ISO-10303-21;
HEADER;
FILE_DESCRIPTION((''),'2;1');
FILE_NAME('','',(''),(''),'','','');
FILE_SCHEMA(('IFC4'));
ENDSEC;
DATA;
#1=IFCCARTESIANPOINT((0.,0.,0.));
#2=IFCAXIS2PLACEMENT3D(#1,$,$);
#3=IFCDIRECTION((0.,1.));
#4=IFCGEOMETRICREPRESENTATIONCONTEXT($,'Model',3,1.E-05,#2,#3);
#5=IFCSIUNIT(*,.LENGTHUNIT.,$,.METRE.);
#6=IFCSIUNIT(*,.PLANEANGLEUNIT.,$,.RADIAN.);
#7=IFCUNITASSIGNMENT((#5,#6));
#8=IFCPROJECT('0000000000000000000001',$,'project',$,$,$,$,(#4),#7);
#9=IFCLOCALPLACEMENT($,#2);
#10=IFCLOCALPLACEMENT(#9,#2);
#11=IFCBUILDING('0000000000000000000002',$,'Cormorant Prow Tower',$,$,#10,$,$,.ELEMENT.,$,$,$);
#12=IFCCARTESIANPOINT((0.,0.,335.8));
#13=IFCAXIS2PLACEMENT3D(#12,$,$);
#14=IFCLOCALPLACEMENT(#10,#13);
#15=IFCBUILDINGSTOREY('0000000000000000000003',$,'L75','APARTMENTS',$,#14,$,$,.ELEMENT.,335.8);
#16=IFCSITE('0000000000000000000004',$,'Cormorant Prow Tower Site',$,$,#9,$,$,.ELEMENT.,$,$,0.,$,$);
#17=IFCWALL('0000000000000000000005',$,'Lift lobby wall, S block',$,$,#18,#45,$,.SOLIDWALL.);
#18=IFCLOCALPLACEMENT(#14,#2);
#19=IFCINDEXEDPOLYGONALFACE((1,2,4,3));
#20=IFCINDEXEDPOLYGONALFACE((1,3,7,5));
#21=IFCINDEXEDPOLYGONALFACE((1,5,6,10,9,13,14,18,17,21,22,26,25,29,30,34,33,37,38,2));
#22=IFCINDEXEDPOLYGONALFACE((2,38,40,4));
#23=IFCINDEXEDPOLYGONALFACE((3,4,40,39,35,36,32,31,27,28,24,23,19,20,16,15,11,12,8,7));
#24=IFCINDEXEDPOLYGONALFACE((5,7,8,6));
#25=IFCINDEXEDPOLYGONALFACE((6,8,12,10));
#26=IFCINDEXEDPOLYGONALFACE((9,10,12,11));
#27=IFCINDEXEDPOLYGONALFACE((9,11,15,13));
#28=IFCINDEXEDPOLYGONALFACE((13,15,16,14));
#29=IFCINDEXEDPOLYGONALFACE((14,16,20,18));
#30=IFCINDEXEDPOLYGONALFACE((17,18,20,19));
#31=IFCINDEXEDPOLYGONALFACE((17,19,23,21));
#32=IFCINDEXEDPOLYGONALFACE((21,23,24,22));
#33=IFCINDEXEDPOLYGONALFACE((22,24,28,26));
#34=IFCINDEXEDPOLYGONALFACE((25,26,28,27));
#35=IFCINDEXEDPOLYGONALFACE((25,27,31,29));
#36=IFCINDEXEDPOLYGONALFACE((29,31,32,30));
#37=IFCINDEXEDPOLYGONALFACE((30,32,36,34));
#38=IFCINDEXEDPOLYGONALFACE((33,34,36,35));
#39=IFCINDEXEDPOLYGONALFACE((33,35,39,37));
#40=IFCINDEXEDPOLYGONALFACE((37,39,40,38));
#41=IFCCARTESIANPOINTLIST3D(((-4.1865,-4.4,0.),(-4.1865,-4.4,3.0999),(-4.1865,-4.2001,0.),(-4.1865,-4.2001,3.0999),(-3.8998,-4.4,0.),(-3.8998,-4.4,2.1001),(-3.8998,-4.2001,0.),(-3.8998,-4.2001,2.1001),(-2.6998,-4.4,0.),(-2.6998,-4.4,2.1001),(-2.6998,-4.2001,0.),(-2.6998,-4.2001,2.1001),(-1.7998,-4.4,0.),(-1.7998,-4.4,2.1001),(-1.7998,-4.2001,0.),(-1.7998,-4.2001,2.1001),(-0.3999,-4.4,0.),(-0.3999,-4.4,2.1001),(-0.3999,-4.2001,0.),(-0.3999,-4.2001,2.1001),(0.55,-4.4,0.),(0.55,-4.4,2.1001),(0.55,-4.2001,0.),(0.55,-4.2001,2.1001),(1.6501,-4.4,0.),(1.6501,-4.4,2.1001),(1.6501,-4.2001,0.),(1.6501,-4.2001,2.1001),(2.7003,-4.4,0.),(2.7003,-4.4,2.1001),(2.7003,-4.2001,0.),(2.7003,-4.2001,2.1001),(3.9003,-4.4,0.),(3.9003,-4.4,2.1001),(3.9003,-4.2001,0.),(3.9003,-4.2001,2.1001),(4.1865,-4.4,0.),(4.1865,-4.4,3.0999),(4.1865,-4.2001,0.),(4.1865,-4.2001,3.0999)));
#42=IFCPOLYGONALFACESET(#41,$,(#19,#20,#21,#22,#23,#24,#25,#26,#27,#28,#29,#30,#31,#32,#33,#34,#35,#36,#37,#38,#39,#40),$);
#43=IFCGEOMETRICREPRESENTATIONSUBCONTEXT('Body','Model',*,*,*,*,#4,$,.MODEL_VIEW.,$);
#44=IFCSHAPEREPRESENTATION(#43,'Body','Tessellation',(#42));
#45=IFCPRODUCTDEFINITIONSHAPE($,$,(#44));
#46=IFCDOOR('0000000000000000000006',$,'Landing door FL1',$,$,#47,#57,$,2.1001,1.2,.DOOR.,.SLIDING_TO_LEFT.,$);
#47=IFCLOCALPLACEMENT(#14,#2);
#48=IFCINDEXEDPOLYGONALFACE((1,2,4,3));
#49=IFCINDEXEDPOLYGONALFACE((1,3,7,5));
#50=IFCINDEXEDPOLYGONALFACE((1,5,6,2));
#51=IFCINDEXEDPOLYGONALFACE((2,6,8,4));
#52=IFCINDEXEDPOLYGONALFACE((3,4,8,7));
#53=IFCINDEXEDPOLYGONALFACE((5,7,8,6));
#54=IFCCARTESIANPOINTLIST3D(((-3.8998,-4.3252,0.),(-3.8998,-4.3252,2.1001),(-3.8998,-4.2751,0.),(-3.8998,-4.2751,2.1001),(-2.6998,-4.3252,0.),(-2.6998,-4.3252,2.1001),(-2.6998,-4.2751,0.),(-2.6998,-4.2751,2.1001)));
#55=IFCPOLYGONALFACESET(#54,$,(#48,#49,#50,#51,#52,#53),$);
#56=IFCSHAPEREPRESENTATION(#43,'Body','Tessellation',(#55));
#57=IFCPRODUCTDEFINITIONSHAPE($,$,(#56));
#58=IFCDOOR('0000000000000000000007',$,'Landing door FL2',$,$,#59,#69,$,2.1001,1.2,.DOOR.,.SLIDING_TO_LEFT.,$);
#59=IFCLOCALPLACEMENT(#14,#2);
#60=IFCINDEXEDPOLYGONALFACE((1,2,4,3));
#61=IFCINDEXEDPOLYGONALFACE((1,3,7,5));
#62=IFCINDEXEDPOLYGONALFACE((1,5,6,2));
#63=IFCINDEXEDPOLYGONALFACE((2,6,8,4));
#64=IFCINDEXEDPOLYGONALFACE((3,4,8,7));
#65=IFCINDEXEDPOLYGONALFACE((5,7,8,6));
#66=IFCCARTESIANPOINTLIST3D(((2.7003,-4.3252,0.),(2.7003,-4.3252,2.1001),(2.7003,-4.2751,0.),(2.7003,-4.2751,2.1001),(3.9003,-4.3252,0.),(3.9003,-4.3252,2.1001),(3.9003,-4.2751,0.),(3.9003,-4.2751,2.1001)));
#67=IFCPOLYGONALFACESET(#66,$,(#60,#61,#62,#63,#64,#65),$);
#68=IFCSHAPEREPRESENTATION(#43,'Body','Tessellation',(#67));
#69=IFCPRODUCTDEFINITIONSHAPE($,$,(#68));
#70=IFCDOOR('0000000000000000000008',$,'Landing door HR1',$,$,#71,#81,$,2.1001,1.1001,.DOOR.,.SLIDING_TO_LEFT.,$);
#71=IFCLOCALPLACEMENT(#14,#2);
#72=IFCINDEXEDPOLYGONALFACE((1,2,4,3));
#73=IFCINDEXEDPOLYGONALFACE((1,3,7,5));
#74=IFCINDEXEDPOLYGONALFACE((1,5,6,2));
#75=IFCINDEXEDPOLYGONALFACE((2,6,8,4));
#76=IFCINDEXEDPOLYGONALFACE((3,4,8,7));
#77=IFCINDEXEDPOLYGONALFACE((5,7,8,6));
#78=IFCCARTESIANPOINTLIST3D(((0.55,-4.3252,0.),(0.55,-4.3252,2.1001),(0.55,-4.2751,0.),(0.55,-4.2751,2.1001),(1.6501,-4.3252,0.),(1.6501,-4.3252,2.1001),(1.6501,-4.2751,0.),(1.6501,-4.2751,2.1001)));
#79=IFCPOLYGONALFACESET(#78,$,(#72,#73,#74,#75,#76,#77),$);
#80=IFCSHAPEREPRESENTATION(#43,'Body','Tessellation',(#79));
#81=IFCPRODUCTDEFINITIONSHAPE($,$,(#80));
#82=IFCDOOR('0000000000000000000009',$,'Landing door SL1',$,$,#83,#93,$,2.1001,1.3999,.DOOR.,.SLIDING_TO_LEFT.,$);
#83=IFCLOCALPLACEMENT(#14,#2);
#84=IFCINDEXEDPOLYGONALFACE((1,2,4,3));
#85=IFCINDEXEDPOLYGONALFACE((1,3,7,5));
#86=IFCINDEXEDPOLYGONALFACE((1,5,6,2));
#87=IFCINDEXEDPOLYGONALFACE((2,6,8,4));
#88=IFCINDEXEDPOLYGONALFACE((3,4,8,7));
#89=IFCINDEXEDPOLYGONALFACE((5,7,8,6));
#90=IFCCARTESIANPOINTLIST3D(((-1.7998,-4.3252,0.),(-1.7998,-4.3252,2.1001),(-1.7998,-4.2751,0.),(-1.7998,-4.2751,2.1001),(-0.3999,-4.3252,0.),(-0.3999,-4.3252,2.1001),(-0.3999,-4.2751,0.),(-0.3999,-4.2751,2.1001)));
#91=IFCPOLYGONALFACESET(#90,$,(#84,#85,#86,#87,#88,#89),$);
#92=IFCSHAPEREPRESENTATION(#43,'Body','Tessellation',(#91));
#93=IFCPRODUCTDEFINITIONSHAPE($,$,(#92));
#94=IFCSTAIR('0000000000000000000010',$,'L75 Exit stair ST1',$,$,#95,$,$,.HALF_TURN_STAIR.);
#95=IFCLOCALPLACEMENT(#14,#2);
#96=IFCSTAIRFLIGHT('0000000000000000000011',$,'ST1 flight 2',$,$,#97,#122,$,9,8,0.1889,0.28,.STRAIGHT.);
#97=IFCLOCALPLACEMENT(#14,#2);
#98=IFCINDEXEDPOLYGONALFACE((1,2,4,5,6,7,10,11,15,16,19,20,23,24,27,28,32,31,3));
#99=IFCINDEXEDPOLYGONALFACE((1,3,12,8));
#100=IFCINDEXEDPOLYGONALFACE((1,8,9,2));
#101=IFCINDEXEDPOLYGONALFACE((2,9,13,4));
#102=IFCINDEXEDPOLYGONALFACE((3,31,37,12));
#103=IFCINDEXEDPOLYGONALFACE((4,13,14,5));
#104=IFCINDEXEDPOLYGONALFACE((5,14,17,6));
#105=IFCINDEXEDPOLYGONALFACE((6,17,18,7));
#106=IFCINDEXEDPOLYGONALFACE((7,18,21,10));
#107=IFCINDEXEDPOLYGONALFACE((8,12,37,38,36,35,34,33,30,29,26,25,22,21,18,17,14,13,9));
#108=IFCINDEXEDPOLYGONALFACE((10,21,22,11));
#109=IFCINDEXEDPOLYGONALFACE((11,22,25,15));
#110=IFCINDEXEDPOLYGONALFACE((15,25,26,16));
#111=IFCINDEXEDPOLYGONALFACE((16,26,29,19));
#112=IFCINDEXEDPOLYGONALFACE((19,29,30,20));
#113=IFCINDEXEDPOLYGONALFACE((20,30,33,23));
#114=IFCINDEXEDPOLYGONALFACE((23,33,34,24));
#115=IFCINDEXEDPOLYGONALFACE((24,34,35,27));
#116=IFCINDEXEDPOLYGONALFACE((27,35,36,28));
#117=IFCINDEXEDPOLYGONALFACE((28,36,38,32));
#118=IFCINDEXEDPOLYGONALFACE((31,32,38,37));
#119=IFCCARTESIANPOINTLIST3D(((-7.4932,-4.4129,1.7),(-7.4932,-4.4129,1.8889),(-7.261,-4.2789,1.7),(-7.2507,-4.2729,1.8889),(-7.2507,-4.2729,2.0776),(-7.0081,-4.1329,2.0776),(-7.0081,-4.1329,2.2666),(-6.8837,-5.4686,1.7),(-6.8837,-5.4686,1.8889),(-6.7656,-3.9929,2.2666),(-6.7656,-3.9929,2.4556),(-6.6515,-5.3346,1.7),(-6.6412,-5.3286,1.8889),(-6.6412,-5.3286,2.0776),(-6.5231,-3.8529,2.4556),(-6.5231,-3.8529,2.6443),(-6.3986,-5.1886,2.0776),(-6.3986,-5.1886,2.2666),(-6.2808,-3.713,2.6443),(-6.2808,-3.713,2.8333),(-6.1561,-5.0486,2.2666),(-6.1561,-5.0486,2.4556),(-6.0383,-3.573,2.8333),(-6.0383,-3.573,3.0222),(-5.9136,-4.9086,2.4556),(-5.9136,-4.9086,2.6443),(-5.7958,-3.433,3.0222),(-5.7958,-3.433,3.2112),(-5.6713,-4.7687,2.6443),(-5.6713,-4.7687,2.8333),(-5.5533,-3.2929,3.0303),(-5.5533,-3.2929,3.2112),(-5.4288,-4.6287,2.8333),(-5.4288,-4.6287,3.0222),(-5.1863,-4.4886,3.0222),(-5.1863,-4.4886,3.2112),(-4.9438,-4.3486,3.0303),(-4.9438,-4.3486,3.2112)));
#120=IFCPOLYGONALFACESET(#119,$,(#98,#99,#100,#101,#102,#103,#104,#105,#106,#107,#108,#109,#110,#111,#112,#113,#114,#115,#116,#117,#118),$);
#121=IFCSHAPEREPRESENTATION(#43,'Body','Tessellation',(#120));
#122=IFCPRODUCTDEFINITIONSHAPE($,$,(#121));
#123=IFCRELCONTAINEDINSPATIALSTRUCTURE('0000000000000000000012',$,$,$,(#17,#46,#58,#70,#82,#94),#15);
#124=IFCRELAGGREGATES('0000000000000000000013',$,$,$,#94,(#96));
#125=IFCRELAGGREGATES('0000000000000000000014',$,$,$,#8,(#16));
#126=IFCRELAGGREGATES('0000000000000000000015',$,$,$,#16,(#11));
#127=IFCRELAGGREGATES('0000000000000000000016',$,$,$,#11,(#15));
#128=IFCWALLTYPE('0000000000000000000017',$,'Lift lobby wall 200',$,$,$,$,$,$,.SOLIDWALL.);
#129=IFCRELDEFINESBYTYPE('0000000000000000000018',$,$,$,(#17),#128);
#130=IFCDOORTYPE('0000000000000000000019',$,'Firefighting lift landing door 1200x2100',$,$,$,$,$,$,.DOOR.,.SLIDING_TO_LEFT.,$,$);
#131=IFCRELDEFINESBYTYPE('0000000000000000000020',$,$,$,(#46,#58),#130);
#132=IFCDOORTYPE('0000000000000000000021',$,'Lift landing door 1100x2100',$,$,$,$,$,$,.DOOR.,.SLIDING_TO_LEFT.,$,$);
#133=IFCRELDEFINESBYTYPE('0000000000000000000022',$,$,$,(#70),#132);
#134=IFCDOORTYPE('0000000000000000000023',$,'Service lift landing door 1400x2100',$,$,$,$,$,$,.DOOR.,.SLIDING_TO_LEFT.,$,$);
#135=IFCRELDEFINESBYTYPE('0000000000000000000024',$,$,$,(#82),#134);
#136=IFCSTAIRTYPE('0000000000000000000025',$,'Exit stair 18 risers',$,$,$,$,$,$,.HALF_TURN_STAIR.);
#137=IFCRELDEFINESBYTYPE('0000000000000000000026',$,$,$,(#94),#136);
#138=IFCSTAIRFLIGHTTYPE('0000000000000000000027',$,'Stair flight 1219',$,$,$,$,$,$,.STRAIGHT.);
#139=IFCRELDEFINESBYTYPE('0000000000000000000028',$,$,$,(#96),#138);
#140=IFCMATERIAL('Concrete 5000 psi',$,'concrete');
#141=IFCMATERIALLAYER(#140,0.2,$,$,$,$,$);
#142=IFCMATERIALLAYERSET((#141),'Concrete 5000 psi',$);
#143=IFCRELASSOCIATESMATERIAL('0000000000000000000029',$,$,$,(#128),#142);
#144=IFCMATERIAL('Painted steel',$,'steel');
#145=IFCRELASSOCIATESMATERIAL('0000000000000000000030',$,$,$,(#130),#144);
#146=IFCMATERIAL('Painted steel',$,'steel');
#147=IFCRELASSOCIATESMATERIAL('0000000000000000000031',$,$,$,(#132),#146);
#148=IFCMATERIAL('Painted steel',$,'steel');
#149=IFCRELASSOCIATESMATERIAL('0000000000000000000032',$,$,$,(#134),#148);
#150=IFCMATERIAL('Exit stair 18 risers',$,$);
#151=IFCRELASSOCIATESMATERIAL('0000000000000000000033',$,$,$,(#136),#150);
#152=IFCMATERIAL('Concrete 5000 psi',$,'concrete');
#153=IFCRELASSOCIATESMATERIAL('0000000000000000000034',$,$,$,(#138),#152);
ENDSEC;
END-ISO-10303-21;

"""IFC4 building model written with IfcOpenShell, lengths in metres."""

from ifc_helpers import new_model, si_unit, direction, frame, frame_2d, origin, place, context, subcontext, project, spatial, polyline, rectangle, outline, extrude, material, layer, layer_set, type_object, element, fill, aggregate, save


model = new_model("IFC4")

# Units and contexts
model_context = context("Model", 3, precision=1e-05, world=origin(), true_north=direction((0.0, 1.0)))
body_context = subcontext(model_context, "Body", "Model", "MODEL_VIEW")
ifc_project = project(units=[si_unit("LENGTHUNIT", "METRE"), si_unit("PLANEANGLEUNIT", "RADIAN")], contexts=[model_context])

# Site, building, storey
site_placement = place(None, origin())
site = spatial("IfcSite", under=ifc_project, at=site_placement, Name="Cormorant Prow Tower Site", CompositionType="ELEMENT", RefElevation=0.0)
building_placement = place(site_placement, origin())
building = spatial("IfcBuilding", under=site, at=building_placement, Name="Cormorant Prow Tower", CompositionType="ELEMENT")
storey_placement = place(building_placement, frame((0.0, 0.0, 335.8)))
storey = spatial("IfcBuildingStorey", under=building, at=storey_placement, Name="L75", Description="APARTMENTS", CompositionType="ELEMENT", Elevation=335.8)

# Wall, openings, doors
ifc_material_1 = material(Name="Concrete 5000 psi", Category="concrete")
ifc_layer_1 = layer(ifc_material_1, 0.2)
ifc_layer_set_1 = layer_set([ifc_layer_1], Name="Concrete 5000 psi")
wall_type_1 = type_object("IfcWallType", Name="Lift lobby wall 200", PredefinedType="SOLIDWALL", material=ifc_layer_set_1)
wall_1_placement = place(storey_placement, frame((-4.1865, -4.3, 0.0), z_axis=(0.0, 0.0, 1.0), x_axis=(1.0, 0.0, 0.0)))
wall_1 = element("IfcWall", 1, at=wall_1_placement, inside=storey, type_object=wall_type_1, Name="Lift lobby wall, S block", PredefinedType="SOLIDWALL", context=body_context, shape_type="SweptSolid", body=[
    extrude(rectangle(XDim=8.373, YDim=0.2, at=frame_2d((4.1865, 0.0))), origin(), (0.0, 0.0, 1.0), 3.0999),
])
opening_1_placement = place(wall_1_placement, frame((0.2866, 0.0, 0.0)))
opening_1 = element("IfcOpeningElement", 2, at=opening_1_placement, cuts=wall_1, PredefinedType="OPENING", context=body_context, shape_type="SweptSolid", body=[
    extrude(rectangle(XDim=1.2, YDim=2.1001, at=frame_2d((0.6001, 1.05))), frame((0.0, 0.1099, 0.0), z_axis=(0.0, -1.0, 0.0), x_axis=(1.0, 0.0, 0.0)), (0.0, 0.0, 1.0), 0.22),
])
opening_2_placement = place(wall_1_placement, frame((2.3867, 0.0, 0.0)))
opening_2 = element("IfcOpeningElement", 3, at=opening_2_placement, cuts=wall_1, PredefinedType="OPENING", context=body_context, shape_type="SweptSolid", body=[
    extrude(rectangle(XDim=1.3999, YDim=2.1001, at=frame_2d((0.7, 1.05))), frame((0.0, 0.1099, 0.0), z_axis=(0.0, -1.0, 0.0), x_axis=(1.0, 0.0, 0.0)), (0.0, 0.0, 1.0), 0.22),
])
opening_3_placement = place(wall_1_placement, frame((4.7366, 0.0, 0.0)))
opening_3 = element("IfcOpeningElement", 4, at=opening_3_placement, cuts=wall_1, PredefinedType="OPENING", context=body_context, shape_type="SweptSolid", body=[
    extrude(rectangle(XDim=1.1001, YDim=2.1001, at=frame_2d((0.55, 1.05))), frame((0.0, 0.1099, 0.0), z_axis=(0.0, -1.0, 0.0), x_axis=(1.0, 0.0, 0.0)), (0.0, 0.0, 1.0), 0.22),
])
opening_4_placement = place(wall_1_placement, frame((6.8867, 0.0, 0.0)))
opening_4 = element("IfcOpeningElement", 5, at=opening_4_placement, cuts=wall_1, PredefinedType="OPENING", context=body_context, shape_type="SweptSolid", body=[
    extrude(rectangle(XDim=1.2, YDim=2.1001, at=frame_2d((0.6001, 1.05))), frame((0.0, 0.1099, 0.0), z_axis=(0.0, -1.0, 0.0), x_axis=(1.0, 0.0, 0.0)), (0.0, 0.0, 1.0), 0.22),
])
ifc_material_2 = material(Name="Painted steel", Category="steel")
door_type_1 = type_object("IfcDoorType", Name="Firefighting lift landing door 1200x2100", OperationType="SLIDING_TO_LEFT", PredefinedType="DOOR", material=ifc_material_2)
door_1_placement = place(opening_1_placement, origin())
door_1 = element("IfcDoor", 6, at=door_1_placement, inside=storey, type_object=door_type_1, Name="Landing door FL1", OperationType="SLIDING_TO_LEFT", OverallHeight=2.1001, OverallWidth=1.2, PredefinedType="DOOR", context=body_context, shape_type="SweptSolid", body=[
    extrude(rectangle(XDim=1.2, YDim=2.1001, at=frame_2d((0.6001, 1.05))), frame((0.0, 0.0249, 0.0), z_axis=(0.0, -1.0, 0.0), x_axis=(1.0, 0.0, 0.0)), (0.0, 0.0, 1.0), 0.05),
])
fill(opening_1, door_1)
door_2_placement = place(opening_4_placement, origin())
door_2 = element("IfcDoor", 7, at=door_2_placement, inside=storey, type_object=door_type_1, Name="Landing door FL2", OperationType="SLIDING_TO_LEFT", OverallHeight=2.1001, OverallWidth=1.2, PredefinedType="DOOR", context=body_context, shape_type="SweptSolid", body=[
    extrude(rectangle(XDim=1.2, YDim=2.1001, at=frame_2d((0.6001, 1.05))), frame((0.0, 0.0249, 0.0), z_axis=(0.0, -1.0, 0.0), x_axis=(1.0, 0.0, 0.0)), (0.0, 0.0, 1.0), 0.05),
])
fill(opening_4, door_2)
ifc_material_3 = material(Name="Painted steel", Category="steel")
door_type_2 = type_object("IfcDoorType", Name="Lift landing door 1100x2100", OperationType="SLIDING_TO_LEFT", PredefinedType="DOOR", material=ifc_material_3)
door_3_placement = place(opening_3_placement, origin())
door_3 = element("IfcDoor", 8, at=door_3_placement, inside=storey, type_object=door_type_2, Name="Landing door HR1", OperationType="SLIDING_TO_LEFT", OverallHeight=2.1001, OverallWidth=1.1001, PredefinedType="DOOR", context=body_context, shape_type="SweptSolid", body=[
    extrude(rectangle(XDim=1.1001, YDim=2.1001, at=frame_2d((0.55, 1.05))), frame((0.0, 0.0249, 0.0), z_axis=(0.0, -1.0, 0.0), x_axis=(1.0, 0.0, 0.0)), (0.0, 0.0, 1.0), 0.05),
])
fill(opening_3, door_3)
ifc_material_4 = material(Name="Painted steel", Category="steel")
door_type_3 = type_object("IfcDoorType", Name="Service lift landing door 1400x2100", OperationType="SLIDING_TO_LEFT", PredefinedType="DOOR", material=ifc_material_4)
door_4_placement = place(opening_2_placement, origin())
door_4 = element("IfcDoor", 9, at=door_4_placement, inside=storey, type_object=door_type_3, Name="Landing door SL1", OperationType="SLIDING_TO_LEFT", OverallHeight=2.1001, OverallWidth=1.3999, PredefinedType="DOOR", context=body_context, shape_type="SweptSolid", body=[
    extrude(rectangle(XDim=1.3999, YDim=2.1001, at=frame_2d((0.7, 1.05))), frame((0.0, 0.0249, 0.0), z_axis=(0.0, -1.0, 0.0), x_axis=(1.0, 0.0, 0.0)), (0.0, 0.0, 1.0), 0.05),
])
fill(opening_2, door_4)

# Stair, stair flight
ifc_material_5 = material(Name="Exit stair 18 risers")
stair_type = type_object("IfcStairType", Name="Exit stair 18 risers", PredefinedType="HALF_TURN_STAIR", material=ifc_material_5)
stair_placement = place(storey_placement, origin())
stair = element("IfcStair", 10, at=stair_placement, inside=storey, type_object=stair_type, Name="L75 Exit stair ST1", PredefinedType="HALF_TURN_STAIR")
ifc_material_6 = material(Name="Concrete 5000 psi", Category="concrete")
stair_flight_type = type_object("IfcStairFlightType", Name="Stair flight 1219", PredefinedType="STRAIGHT", material=ifc_material_6)
stair_flight_placement = place(storey_placement, frame((-7.1885, -4.9407, 1.7), z_axis=(0.0, 0.0, 1.0), x_axis=(0.866025, 0.5, 0.0)))
stair_flight = element("IfcStairFlight", 11, at=stair_flight_placement, type_object=stair_flight_type, Name="ST1 flight 2", NumberOfRisers=9, NumberOfTreads=8, PredefinedType="STRAIGHT", RiserHeight=0.1889, TreadLength=0.28, context=body_context, shape_type="SweptSolid", body=[
    extrude(outline(polyline([(0.0, 0.0), (0.0, 0.189), (0.28, 0.189), (0.28, 0.3777), (0.5601, 0.3777), (0.5601, 0.5667), (0.8401, 0.5667), (0.8401, 0.7556), (1.1201, 0.7556), (1.1201, 0.9443), (1.3999, 0.9443), (1.3999, 1.1333), (1.6799, 1.1333), (1.6799, 1.3223), (1.96, 1.3223), (1.96, 1.5112), (2.24, 1.5112), (2.24, 1.7), (2.24, 1.3303), (0.2681, 0.0), (0.0, 0.0)])), frame((0.0, 0.6094, 0.0), z_axis=(0.0, -1.0, 0.0), x_axis=(1.0, 0.0, 0.0)), (0.0, 0.0, 1.0), 1.219),
])
aggregate(stair, [stair_flight])

save(model, "model.ifc")
